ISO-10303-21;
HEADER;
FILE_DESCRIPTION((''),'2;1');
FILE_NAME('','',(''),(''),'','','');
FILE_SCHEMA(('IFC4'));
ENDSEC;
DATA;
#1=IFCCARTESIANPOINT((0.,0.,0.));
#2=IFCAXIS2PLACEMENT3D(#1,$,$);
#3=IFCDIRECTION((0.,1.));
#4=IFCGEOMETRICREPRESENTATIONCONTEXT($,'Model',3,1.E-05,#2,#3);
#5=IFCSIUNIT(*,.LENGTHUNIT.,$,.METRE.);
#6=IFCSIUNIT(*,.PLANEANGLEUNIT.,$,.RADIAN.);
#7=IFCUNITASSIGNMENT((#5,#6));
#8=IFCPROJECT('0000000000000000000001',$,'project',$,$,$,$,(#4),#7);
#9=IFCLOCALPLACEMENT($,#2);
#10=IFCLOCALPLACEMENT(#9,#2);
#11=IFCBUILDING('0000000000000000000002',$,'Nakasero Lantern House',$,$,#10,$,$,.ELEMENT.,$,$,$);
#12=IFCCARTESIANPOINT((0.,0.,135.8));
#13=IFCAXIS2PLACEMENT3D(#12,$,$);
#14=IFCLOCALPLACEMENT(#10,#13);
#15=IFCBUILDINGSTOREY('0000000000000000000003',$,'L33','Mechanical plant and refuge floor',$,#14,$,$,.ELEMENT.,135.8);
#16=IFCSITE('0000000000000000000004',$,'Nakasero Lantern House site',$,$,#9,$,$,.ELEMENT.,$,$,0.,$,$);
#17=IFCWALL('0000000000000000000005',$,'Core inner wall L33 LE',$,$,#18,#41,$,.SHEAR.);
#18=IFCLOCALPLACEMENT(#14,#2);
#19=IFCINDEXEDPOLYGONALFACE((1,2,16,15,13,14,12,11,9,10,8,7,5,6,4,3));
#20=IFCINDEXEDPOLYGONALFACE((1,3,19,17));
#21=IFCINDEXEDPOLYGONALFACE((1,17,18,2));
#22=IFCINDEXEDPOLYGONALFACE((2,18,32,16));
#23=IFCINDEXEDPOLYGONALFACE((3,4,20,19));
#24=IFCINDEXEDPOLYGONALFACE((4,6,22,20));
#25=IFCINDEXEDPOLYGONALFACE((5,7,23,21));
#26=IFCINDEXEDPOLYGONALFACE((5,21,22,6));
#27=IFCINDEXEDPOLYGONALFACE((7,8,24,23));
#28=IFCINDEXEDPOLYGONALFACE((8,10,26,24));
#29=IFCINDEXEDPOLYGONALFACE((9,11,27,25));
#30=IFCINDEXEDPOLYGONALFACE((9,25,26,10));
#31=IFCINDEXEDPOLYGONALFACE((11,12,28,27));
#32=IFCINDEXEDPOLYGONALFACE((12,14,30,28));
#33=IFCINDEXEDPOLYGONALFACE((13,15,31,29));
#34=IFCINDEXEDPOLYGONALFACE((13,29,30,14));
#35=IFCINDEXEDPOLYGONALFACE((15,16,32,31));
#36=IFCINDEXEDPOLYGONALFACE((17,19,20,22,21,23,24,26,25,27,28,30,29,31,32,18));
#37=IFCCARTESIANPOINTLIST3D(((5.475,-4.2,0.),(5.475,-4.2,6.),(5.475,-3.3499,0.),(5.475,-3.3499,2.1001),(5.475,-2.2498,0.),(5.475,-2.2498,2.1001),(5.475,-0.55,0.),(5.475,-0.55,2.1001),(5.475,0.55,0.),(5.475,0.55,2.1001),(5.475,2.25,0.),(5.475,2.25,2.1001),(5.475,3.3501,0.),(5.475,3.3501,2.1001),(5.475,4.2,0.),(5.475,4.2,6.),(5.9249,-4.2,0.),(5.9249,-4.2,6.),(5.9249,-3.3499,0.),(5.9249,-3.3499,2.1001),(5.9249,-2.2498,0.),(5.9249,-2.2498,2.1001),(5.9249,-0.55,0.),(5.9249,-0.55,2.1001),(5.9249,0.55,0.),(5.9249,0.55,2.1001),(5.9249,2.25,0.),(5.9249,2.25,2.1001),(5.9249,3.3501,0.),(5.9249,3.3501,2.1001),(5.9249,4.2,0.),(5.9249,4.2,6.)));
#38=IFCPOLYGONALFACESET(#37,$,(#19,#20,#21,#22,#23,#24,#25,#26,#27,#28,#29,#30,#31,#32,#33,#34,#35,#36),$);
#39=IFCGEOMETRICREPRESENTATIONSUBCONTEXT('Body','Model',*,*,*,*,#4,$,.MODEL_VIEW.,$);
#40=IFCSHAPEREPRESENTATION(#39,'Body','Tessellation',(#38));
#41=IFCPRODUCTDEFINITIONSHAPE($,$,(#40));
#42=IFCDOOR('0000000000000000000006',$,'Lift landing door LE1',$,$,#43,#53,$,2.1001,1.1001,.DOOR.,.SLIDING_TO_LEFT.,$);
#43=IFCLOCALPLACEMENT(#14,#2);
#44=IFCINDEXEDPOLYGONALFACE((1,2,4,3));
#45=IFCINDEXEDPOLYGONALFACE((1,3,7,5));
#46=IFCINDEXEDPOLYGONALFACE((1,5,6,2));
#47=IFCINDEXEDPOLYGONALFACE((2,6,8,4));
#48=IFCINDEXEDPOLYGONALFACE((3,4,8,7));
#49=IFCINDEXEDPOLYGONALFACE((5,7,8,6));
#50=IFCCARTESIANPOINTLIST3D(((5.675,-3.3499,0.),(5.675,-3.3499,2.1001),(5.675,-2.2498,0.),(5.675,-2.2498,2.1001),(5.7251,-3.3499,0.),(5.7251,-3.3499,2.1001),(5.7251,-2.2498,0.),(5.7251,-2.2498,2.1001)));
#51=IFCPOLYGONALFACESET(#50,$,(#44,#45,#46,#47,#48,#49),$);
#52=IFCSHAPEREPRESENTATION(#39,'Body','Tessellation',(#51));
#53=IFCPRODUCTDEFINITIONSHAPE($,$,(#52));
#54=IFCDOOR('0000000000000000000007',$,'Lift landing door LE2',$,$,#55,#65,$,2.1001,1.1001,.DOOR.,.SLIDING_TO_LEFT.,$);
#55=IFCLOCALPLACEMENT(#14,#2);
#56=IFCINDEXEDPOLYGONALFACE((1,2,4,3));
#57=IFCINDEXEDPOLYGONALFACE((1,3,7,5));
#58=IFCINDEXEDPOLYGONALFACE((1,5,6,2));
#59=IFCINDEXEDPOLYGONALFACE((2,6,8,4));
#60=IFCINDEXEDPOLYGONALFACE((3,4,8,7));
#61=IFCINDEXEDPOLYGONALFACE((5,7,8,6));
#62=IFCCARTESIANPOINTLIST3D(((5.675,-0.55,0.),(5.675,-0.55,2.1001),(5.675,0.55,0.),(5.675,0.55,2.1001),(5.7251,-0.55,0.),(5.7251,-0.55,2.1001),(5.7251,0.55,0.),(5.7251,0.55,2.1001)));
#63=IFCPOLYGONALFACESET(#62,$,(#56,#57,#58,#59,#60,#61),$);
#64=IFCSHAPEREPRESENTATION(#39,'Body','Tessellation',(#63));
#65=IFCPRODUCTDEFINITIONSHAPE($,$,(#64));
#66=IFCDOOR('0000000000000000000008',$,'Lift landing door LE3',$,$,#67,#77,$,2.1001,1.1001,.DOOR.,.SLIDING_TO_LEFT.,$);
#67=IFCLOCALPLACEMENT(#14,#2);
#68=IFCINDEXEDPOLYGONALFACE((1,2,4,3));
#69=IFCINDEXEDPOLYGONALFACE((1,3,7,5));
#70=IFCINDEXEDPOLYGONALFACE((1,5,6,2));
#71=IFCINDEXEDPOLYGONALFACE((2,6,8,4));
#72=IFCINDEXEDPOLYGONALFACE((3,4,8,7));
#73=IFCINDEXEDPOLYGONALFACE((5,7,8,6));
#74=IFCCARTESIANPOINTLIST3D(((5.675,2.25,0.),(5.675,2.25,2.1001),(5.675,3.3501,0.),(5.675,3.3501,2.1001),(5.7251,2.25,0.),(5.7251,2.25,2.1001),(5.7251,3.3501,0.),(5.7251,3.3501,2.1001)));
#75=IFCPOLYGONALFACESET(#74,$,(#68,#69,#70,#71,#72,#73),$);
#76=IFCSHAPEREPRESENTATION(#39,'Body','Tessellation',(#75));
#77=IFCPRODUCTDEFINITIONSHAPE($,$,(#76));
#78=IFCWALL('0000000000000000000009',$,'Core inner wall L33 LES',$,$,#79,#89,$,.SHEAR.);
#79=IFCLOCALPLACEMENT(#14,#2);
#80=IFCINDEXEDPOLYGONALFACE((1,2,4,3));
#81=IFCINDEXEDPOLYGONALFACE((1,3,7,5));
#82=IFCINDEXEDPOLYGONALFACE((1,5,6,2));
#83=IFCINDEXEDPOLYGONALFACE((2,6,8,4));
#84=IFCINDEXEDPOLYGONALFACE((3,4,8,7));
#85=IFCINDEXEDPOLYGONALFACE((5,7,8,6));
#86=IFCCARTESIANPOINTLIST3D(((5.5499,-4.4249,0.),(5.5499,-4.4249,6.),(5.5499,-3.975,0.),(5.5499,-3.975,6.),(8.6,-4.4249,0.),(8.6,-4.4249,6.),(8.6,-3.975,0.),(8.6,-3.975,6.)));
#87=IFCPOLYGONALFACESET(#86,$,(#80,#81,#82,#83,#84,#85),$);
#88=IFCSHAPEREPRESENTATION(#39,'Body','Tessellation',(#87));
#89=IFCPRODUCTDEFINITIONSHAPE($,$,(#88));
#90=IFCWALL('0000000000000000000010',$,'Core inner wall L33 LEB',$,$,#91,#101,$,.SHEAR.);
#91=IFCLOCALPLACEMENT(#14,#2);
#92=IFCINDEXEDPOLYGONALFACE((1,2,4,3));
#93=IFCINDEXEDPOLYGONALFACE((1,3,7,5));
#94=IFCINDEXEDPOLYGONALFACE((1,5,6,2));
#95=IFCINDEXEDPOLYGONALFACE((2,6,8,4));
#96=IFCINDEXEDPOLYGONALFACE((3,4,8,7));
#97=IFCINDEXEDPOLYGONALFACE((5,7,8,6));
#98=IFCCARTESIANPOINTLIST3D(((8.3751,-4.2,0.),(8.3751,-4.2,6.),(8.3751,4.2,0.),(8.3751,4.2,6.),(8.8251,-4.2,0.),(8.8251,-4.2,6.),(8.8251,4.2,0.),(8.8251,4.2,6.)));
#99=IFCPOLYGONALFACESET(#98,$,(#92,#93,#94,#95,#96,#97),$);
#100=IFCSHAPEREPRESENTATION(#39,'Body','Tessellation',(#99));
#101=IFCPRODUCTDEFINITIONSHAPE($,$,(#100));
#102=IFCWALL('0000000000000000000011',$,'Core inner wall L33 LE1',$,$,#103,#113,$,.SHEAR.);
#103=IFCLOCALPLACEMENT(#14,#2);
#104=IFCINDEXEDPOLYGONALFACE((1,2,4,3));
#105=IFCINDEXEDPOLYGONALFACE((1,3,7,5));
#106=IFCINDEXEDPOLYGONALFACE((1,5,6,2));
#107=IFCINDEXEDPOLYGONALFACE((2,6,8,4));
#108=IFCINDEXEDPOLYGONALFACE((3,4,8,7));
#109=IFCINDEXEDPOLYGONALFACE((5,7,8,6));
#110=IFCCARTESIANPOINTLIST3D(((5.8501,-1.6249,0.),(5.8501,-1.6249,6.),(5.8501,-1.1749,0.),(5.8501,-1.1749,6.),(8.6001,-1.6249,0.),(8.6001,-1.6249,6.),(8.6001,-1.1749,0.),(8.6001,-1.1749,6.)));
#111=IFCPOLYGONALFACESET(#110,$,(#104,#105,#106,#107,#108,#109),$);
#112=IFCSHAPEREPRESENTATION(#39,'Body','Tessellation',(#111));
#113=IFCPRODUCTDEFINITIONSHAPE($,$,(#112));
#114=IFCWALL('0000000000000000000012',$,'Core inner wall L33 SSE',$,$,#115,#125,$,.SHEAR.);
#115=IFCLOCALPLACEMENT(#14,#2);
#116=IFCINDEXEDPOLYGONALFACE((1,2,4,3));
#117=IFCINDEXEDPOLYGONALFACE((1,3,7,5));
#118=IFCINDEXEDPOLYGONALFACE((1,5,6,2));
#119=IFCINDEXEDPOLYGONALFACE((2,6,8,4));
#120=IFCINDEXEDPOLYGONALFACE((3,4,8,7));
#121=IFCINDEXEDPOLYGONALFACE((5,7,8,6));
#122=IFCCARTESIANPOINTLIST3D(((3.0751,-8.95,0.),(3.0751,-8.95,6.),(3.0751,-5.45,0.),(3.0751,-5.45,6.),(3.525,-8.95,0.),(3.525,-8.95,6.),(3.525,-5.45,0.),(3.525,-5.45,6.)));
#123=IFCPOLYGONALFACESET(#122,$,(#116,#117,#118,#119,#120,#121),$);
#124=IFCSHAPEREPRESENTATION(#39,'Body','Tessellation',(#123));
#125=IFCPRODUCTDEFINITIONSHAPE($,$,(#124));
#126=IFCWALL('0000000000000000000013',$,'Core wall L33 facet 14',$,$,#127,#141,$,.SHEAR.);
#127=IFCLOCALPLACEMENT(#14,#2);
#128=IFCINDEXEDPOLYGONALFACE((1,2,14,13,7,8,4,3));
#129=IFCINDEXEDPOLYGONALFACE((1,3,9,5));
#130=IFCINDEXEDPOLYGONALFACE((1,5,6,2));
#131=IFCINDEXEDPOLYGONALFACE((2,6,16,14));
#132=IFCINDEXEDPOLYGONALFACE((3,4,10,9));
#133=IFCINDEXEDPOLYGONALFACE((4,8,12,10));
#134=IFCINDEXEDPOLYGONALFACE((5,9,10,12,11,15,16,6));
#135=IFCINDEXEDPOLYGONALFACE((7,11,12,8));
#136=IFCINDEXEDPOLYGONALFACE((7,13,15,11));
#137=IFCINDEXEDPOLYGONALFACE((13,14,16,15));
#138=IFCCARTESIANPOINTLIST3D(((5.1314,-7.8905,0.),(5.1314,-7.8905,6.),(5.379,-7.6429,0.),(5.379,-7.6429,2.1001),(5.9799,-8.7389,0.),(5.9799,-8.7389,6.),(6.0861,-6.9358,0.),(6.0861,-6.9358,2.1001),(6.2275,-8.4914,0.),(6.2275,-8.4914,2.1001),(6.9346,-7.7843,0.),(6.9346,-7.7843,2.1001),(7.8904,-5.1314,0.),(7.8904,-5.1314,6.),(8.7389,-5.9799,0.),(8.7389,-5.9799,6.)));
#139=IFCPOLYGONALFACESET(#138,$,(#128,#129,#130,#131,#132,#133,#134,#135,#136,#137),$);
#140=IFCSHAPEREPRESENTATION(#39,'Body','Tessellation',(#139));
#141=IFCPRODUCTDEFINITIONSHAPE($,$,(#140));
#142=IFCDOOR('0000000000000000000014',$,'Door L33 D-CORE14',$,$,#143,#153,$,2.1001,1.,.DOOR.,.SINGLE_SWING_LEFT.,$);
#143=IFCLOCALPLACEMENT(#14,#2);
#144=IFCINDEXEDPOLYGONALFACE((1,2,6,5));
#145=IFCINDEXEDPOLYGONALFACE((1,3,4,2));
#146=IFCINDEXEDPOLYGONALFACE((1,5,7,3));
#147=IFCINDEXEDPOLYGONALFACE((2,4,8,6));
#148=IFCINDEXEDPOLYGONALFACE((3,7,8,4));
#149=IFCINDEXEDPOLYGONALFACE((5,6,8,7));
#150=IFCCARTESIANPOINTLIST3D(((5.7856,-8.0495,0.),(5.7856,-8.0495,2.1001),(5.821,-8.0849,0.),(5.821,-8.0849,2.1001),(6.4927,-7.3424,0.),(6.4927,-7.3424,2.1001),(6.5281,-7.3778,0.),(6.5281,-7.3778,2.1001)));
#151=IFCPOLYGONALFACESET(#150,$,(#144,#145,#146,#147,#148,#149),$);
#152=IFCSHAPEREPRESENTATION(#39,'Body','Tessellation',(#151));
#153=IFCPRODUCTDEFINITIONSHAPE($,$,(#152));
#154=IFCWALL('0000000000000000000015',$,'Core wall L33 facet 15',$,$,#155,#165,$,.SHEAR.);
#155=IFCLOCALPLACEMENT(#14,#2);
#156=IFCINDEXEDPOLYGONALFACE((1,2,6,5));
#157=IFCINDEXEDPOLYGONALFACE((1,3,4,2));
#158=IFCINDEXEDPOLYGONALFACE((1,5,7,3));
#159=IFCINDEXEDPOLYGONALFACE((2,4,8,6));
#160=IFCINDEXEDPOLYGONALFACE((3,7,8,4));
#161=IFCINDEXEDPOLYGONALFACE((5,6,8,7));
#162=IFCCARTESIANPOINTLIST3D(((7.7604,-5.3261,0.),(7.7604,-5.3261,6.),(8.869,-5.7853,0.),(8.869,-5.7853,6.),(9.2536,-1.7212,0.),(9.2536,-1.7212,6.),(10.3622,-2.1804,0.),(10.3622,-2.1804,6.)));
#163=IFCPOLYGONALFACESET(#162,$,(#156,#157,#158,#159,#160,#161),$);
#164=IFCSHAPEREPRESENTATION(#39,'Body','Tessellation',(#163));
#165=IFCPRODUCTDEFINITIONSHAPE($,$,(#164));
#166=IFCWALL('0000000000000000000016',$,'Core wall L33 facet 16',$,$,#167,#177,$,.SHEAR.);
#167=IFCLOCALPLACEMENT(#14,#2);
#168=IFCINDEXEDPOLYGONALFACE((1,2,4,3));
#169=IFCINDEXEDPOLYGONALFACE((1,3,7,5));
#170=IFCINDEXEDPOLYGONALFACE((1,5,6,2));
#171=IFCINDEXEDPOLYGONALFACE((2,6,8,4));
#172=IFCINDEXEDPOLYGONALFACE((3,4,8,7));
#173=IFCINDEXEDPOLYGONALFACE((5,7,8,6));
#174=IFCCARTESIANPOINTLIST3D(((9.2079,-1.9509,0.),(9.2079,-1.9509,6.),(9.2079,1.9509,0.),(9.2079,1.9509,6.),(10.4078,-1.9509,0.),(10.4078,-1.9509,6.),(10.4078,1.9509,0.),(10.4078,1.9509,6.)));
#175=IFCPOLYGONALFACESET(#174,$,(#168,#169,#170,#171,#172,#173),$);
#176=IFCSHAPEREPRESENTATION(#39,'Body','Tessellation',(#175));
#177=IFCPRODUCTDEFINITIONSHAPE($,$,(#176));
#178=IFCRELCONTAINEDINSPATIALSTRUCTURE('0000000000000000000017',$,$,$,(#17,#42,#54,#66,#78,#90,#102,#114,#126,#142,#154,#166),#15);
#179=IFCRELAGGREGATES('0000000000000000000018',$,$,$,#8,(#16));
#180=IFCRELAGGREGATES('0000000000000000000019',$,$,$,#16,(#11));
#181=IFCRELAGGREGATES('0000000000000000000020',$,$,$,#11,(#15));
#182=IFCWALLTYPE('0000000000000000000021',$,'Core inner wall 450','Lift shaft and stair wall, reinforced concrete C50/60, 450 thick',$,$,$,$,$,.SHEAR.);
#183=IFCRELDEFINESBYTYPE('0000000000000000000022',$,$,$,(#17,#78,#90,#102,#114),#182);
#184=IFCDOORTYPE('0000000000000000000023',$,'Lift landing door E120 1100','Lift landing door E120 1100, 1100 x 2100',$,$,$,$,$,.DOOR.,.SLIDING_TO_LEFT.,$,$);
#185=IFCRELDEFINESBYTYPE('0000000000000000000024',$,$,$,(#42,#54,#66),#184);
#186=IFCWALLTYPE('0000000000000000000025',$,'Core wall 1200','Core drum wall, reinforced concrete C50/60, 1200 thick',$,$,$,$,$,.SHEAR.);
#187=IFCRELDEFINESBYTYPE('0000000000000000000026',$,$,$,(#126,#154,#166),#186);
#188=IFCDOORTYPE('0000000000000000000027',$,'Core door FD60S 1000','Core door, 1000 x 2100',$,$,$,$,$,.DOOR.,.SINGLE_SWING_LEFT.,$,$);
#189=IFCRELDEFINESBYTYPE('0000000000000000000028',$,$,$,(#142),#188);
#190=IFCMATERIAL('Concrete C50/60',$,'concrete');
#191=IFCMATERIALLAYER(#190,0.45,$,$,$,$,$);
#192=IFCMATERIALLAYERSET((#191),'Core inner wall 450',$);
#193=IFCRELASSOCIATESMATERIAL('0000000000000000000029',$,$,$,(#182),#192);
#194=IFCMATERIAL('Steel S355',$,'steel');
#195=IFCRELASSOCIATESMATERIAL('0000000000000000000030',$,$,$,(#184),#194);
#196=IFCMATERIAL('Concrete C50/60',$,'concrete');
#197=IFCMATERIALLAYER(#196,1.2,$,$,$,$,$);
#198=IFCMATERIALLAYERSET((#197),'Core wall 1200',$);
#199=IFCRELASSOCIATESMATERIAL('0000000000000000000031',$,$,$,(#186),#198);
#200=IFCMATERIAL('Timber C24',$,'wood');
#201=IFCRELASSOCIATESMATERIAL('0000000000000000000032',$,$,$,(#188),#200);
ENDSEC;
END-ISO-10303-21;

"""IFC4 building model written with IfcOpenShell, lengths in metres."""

from ifc_helpers import new_model, si_unit, direction, frame, frame_2d, origin, place, context, subcontext, project, spatial, rectangle, extrude, material, layer, layer_set, type_object, element, fill, save


model = new_model("IFC4")

# Units and contexts
model_context = context("Model", 3, precision=1e-05, world=origin(), true_north=direction((0.0, 1.0)))
body_context = subcontext(model_context, "Body", "Model", "MODEL_VIEW")
ifc_project = project(units=[si_unit("LENGTHUNIT", "METRE"), si_unit("PLANEANGLEUNIT", "RADIAN")], contexts=[model_context])

# Site, building, storey
site_placement = place(None, origin())
site = spatial("IfcSite", under=ifc_project, at=site_placement, Name="Nakasero Lantern House site", CompositionType="ELEMENT", RefElevation=0.0)
building_placement = place(site_placement, origin())
building = spatial("IfcBuilding", under=site, at=building_placement, Name="Nakasero Lantern House", CompositionType="ELEMENT")
storey_placement = place(building_placement, frame((0.0, 0.0, 135.8)))
storey = spatial("IfcBuildingStorey", under=building, at=storey_placement, Name="L33", Description="Mechanical plant and refuge floor", CompositionType="ELEMENT", Elevation=135.8)

# Wall, openings, doors
ifc_material_1 = material(Name="Concrete C50/60", Category="concrete")
ifc_layer_1 = layer(ifc_material_1, 0.45)
ifc_layer_set_1 = layer_set([ifc_layer_1], Name="Core inner wall 450")
wall_type_1 = type_object("IfcWallType", Name="Core inner wall 450", Description="Lift shaft and stair wall, reinforced concrete C50/60, 450 thick", PredefinedType="SHEAR", material=ifc_layer_set_1)
wall_1_placement = place(storey_placement, frame((5.7, -4.2, 0.0), z_axis=(0.0, 0.0, 1.0), x_axis=(0.0, 1.0, 0.0)))
wall_1 = element("IfcWall", 1, at=wall_1_placement, inside=storey, type_object=wall_type_1, Name="Core inner wall L33 LE", PredefinedType="SHEAR", context=body_context, shape_type="SweptSolid", body=[
    extrude(rectangle(XDim=8.3999, YDim=0.45, at=frame_2d((4.2, 0.0))), origin(), (0.0, 0.0, 1.0), 6.0),
])
opening_1_placement = place(wall_1_placement, frame((0.8501, 0.0, 0.0)))
opening_1 = element("IfcOpeningElement", 2, at=opening_1_placement, cuts=wall_1, PredefinedType="OPENING", context=body_context, shape_type="SweptSolid", body=[
    extrude(rectangle(XDim=1.1001, YDim=2.1001, at=frame_2d((0.55, 1.05))), frame((0.0, 0.2449, 0.0), z_axis=(0.0, -1.0, 0.0), x_axis=(1.0, 0.0, 0.0)), (0.0, 0.0, 1.0), 0.49),
])
opening_2_placement = place(wall_1_placement, frame((3.6499, 0.0, 0.0)))
opening_2 = element("IfcOpeningElement", 3, at=opening_2_placement, cuts=wall_1, PredefinedType="OPENING", context=body_context, shape_type="SweptSolid", body=[
    extrude(rectangle(XDim=1.1001, YDim=2.1001, at=frame_2d((0.55, 1.05))), frame((0.0, 0.2449, 0.0), z_axis=(0.0, -1.0, 0.0), x_axis=(1.0, 0.0, 0.0)), (0.0, 0.0, 1.0), 0.49),
])
opening_3_placement = place(wall_1_placement, frame((6.45, 0.0, 0.0)))
opening_3 = element("IfcOpeningElement", 4, at=opening_3_placement, cuts=wall_1, PredefinedType="OPENING", context=body_context, shape_type="SweptSolid", body=[
    extrude(rectangle(XDim=1.1001, YDim=2.1001, at=frame_2d((0.55, 1.05))), frame((0.0, 0.2449, 0.0), z_axis=(0.0, -1.0, 0.0), x_axis=(1.0, 0.0, 0.0)), (0.0, 0.0, 1.0), 0.49),
])
ifc_material_2 = material(Name="Steel S355", Category="steel")
door_type_1 = type_object("IfcDoorType", Name="Lift landing door E120 1100", Description="Lift landing door E120 1100, 1100 x 2100", OperationType="SLIDING_TO_LEFT", PredefinedType="DOOR", material=ifc_material_2)
door_1_placement = place(opening_1_placement, origin())
door_1 = element("IfcDoor", 5, at=door_1_placement, inside=storey, type_object=door_type_1, Name="Lift landing door LE1", OperationType="SLIDING_TO_LEFT", OverallHeight=2.1001, OverallWidth=1.1001, PredefinedType="DOOR", context=body_context, shape_type="SweptSolid", body=[
    extrude(rectangle(XDim=1.1001, YDim=2.1001, at=frame_2d((0.55, 1.05))), frame((0.0, 0.0249, 0.0), z_axis=(0.0, -1.0, 0.0), x_axis=(1.0, 0.0, 0.0)), (0.0, 0.0, 1.0), 0.05),
])
fill(opening_1, door_1)
door_2_placement = place(opening_2_placement, origin())
door_2 = element("IfcDoor", 6, at=door_2_placement, inside=storey, type_object=door_type_1, Name="Lift landing door LE2", OperationType="SLIDING_TO_LEFT", OverallHeight=2.1001, OverallWidth=1.1001, PredefinedType="DOOR", context=body_context, shape_type="SweptSolid", body=[
    extrude(rectangle(XDim=1.1001, YDim=2.1001, at=frame_2d((0.55, 1.05))), frame((0.0, 0.0249, 0.0), z_axis=(0.0, -1.0, 0.0), x_axis=(1.0, 0.0, 0.0)), (0.0, 0.0, 1.0), 0.05),
])
fill(opening_2, door_2)
door_3_placement = place(opening_3_placement, origin())
door_3 = element("IfcDoor", 7, at=door_3_placement, inside=storey, type_object=door_type_1, Name="Lift landing door LE3", OperationType="SLIDING_TO_LEFT", OverallHeight=2.1001, OverallWidth=1.1001, PredefinedType="DOOR", context=body_context, shape_type="SweptSolid", body=[
    extrude(rectangle(XDim=1.1001, YDim=2.1001, at=frame_2d((0.55, 1.05))), frame((0.0, 0.0249, 0.0), z_axis=(0.0, -1.0, 0.0), x_axis=(1.0, 0.0, 0.0)), (0.0, 0.0, 1.0), 0.05),
])
fill(opening_3, door_3)

# Walls
wall_2_placement = place(storey_placement, frame((5.55, -4.2, 0.0), z_axis=(0.0, 0.0, 1.0), x_axis=(1.0, 0.0, 0.0)))
element("IfcWall", 8, at=wall_2_placement, inside=storey, type_object=wall_type_1, Name="Core inner wall L33 LES", PredefinedType="SHEAR", context=body_context, shape_type="SweptSolid", body=[
    extrude(rectangle(XDim=3.05, YDim=0.45, at=frame_2d((1.5249, 0.0))), origin(), (0.0, 0.0, 1.0), 6.0),
])
wall_3_placement = place(storey_placement, frame((8.6001, -4.2, 0.0), z_axis=(0.0, 0.0, 1.0), x_axis=(0.0, 1.0, 0.0)))
element("IfcWall", 9, at=wall_3_placement, inside=storey, type_object=wall_type_1, Name="Core inner wall L33 LEB", PredefinedType="SHEAR", context=body_context, shape_type="SweptSolid", body=[
    extrude(rectangle(XDim=8.3999, YDim=0.45, at=frame_2d((4.2, 0.0))), origin(), (0.0, 0.0, 1.0), 6.0),
])
wall_4_placement = place(storey_placement, frame((5.8501, -1.3999, 0.0), z_axis=(0.0, 0.0, 1.0), x_axis=(1.0, 0.0, 0.0)))
element("IfcWall", 10, at=wall_4_placement, inside=storey, type_object=wall_type_1, Name="Core inner wall L33 LE1", PredefinedType="SHEAR", context=body_context, shape_type="SweptSolid", body=[
    extrude(rectangle(XDim=2.75, YDim=0.45, at=frame_2d((1.375, 0.0))), origin(), (0.0, 0.0, 1.0), 6.0),
])
wall_5_placement = place(storey_placement, frame((3.3, -5.45, 0.0), z_axis=(0.0, 0.0, 1.0), x_axis=(0.0, -1.0, 0.0)))
element("IfcWall", 11, at=wall_5_placement, inside=storey, type_object=wall_type_1, Name="Core inner wall L33 SSE", PredefinedType="SHEAR", context=body_context, shape_type="SweptSolid", body=[
    extrude(rectangle(XDim=3.5, YDim=0.45, at=frame_2d((1.75, 0.0))), origin(), (0.0, 0.0, 1.0), 6.0),
])

# Wall, opening, door
ifc_material_3 = material(Name="Concrete C50/60", Category="concrete")
ifc_layer_2 = layer(ifc_material_3, 1.2)
ifc_layer_set_2 = layer_set([ifc_layer_2], Name="Core wall 1200")
wall_type_2 = type_object("IfcWallType", Name="Core wall 1200", Description="Core drum wall, reinforced concrete C50/60, 1200 thick", PredefinedType="SHEAR", material=ifc_layer_set_2)
wall_6_placement = place(storey_placement, frame((5.5557, -8.3147, 0.0), z_axis=(0.0, 0.0, 1.0), x_axis=(0.707107, 0.707107, 0.0)))
wall_6 = element("IfcWall", 12, at=wall_6_placement, inside=storey, type_object=wall_type_2, Name="Core wall L33 facet 14", PredefinedType="SHEAR", context=body_context, shape_type="SweptSolid", body=[
    extrude(rectangle(XDim=3.9019, YDim=1.2, at=frame_2d((1.9509, 0.0))), origin(), (0.0, 0.0, 1.0), 6.0),
])
opening_4_placement = place(wall_6_placement, frame((0.3501, 0.0, 0.0)))
opening_4 = element("IfcOpeningElement", 13, at=opening_4_placement, cuts=wall_6, PredefinedType="OPENING", context=body_context, shape_type="SweptSolid", body=[
    extrude(rectangle(XDim=1.0, YDim=2.1001, at=frame_2d((0.5, 1.05))), frame((0.0, 0.6199, 0.0), z_axis=(0.0, -1.0, 0.0), x_axis=(1.0, 0.0, 0.0)), (0.0, 0.0, 1.0), 1.24),
])
ifc_material_4 = material(Name="Timber C24", Category="wood")
door_type_2 = type_object("IfcDoorType", Name="Core door FD60S 1000", Description="Core door, 1000 x 2100", OperationType="SINGLE_SWING_LEFT", PredefinedType="DOOR", material=ifc_material_4)
door_4_placement = place(opening_4_placement, origin())
door_4 = element("IfcDoor", 14, at=door_4_placement, inside=storey, type_object=door_type_2, Name="Door L33 D-CORE14", OperationType="SINGLE_SWING_LEFT", OverallHeight=2.1001, OverallWidth=1.0, PredefinedType="DOOR", context=body_context, shape_type="SweptSolid", body=[
    extrude(rectangle(XDim=1.0, YDim=2.1001, at=frame_2d((0.5, 1.05))), frame((0.0, 0.0249, 0.0), z_axis=(0.0, -1.0, 0.0), x_axis=(1.0, 0.0, 0.0)), (0.0, 0.0, 1.0), 0.05),
])
fill(opening_4, door_4)

# Walls
for number, where, z_axis, x_axis, name in (
    (15, (8.3147, -5.5557, 0.0), (0.0, 0.0, 1.0), (0.382691, 0.923877, 0.0), "Core wall L33 facet 15"),
    (16, (9.8079, -1.9509, 0.0), (0.0, 0.0, 1.0), (0.0, 1.0, 0.0), "Core wall L33 facet 16"),
):
    element("IfcWall", number, at=place(storey_placement, frame(where, z_axis=z_axis, x_axis=x_axis)), inside=storey, type_object=wall_type_2, Name=name, PredefinedType="SHEAR", context=body_context, shape_type="SweptSolid", body=[
        extrude(rectangle(XDim=3.9019, YDim=1.2, at=frame_2d((1.9509, 0.0))), origin(), (0.0, 0.0, 1.0), 6.0),
    ])

save(model, "model.ifc")
